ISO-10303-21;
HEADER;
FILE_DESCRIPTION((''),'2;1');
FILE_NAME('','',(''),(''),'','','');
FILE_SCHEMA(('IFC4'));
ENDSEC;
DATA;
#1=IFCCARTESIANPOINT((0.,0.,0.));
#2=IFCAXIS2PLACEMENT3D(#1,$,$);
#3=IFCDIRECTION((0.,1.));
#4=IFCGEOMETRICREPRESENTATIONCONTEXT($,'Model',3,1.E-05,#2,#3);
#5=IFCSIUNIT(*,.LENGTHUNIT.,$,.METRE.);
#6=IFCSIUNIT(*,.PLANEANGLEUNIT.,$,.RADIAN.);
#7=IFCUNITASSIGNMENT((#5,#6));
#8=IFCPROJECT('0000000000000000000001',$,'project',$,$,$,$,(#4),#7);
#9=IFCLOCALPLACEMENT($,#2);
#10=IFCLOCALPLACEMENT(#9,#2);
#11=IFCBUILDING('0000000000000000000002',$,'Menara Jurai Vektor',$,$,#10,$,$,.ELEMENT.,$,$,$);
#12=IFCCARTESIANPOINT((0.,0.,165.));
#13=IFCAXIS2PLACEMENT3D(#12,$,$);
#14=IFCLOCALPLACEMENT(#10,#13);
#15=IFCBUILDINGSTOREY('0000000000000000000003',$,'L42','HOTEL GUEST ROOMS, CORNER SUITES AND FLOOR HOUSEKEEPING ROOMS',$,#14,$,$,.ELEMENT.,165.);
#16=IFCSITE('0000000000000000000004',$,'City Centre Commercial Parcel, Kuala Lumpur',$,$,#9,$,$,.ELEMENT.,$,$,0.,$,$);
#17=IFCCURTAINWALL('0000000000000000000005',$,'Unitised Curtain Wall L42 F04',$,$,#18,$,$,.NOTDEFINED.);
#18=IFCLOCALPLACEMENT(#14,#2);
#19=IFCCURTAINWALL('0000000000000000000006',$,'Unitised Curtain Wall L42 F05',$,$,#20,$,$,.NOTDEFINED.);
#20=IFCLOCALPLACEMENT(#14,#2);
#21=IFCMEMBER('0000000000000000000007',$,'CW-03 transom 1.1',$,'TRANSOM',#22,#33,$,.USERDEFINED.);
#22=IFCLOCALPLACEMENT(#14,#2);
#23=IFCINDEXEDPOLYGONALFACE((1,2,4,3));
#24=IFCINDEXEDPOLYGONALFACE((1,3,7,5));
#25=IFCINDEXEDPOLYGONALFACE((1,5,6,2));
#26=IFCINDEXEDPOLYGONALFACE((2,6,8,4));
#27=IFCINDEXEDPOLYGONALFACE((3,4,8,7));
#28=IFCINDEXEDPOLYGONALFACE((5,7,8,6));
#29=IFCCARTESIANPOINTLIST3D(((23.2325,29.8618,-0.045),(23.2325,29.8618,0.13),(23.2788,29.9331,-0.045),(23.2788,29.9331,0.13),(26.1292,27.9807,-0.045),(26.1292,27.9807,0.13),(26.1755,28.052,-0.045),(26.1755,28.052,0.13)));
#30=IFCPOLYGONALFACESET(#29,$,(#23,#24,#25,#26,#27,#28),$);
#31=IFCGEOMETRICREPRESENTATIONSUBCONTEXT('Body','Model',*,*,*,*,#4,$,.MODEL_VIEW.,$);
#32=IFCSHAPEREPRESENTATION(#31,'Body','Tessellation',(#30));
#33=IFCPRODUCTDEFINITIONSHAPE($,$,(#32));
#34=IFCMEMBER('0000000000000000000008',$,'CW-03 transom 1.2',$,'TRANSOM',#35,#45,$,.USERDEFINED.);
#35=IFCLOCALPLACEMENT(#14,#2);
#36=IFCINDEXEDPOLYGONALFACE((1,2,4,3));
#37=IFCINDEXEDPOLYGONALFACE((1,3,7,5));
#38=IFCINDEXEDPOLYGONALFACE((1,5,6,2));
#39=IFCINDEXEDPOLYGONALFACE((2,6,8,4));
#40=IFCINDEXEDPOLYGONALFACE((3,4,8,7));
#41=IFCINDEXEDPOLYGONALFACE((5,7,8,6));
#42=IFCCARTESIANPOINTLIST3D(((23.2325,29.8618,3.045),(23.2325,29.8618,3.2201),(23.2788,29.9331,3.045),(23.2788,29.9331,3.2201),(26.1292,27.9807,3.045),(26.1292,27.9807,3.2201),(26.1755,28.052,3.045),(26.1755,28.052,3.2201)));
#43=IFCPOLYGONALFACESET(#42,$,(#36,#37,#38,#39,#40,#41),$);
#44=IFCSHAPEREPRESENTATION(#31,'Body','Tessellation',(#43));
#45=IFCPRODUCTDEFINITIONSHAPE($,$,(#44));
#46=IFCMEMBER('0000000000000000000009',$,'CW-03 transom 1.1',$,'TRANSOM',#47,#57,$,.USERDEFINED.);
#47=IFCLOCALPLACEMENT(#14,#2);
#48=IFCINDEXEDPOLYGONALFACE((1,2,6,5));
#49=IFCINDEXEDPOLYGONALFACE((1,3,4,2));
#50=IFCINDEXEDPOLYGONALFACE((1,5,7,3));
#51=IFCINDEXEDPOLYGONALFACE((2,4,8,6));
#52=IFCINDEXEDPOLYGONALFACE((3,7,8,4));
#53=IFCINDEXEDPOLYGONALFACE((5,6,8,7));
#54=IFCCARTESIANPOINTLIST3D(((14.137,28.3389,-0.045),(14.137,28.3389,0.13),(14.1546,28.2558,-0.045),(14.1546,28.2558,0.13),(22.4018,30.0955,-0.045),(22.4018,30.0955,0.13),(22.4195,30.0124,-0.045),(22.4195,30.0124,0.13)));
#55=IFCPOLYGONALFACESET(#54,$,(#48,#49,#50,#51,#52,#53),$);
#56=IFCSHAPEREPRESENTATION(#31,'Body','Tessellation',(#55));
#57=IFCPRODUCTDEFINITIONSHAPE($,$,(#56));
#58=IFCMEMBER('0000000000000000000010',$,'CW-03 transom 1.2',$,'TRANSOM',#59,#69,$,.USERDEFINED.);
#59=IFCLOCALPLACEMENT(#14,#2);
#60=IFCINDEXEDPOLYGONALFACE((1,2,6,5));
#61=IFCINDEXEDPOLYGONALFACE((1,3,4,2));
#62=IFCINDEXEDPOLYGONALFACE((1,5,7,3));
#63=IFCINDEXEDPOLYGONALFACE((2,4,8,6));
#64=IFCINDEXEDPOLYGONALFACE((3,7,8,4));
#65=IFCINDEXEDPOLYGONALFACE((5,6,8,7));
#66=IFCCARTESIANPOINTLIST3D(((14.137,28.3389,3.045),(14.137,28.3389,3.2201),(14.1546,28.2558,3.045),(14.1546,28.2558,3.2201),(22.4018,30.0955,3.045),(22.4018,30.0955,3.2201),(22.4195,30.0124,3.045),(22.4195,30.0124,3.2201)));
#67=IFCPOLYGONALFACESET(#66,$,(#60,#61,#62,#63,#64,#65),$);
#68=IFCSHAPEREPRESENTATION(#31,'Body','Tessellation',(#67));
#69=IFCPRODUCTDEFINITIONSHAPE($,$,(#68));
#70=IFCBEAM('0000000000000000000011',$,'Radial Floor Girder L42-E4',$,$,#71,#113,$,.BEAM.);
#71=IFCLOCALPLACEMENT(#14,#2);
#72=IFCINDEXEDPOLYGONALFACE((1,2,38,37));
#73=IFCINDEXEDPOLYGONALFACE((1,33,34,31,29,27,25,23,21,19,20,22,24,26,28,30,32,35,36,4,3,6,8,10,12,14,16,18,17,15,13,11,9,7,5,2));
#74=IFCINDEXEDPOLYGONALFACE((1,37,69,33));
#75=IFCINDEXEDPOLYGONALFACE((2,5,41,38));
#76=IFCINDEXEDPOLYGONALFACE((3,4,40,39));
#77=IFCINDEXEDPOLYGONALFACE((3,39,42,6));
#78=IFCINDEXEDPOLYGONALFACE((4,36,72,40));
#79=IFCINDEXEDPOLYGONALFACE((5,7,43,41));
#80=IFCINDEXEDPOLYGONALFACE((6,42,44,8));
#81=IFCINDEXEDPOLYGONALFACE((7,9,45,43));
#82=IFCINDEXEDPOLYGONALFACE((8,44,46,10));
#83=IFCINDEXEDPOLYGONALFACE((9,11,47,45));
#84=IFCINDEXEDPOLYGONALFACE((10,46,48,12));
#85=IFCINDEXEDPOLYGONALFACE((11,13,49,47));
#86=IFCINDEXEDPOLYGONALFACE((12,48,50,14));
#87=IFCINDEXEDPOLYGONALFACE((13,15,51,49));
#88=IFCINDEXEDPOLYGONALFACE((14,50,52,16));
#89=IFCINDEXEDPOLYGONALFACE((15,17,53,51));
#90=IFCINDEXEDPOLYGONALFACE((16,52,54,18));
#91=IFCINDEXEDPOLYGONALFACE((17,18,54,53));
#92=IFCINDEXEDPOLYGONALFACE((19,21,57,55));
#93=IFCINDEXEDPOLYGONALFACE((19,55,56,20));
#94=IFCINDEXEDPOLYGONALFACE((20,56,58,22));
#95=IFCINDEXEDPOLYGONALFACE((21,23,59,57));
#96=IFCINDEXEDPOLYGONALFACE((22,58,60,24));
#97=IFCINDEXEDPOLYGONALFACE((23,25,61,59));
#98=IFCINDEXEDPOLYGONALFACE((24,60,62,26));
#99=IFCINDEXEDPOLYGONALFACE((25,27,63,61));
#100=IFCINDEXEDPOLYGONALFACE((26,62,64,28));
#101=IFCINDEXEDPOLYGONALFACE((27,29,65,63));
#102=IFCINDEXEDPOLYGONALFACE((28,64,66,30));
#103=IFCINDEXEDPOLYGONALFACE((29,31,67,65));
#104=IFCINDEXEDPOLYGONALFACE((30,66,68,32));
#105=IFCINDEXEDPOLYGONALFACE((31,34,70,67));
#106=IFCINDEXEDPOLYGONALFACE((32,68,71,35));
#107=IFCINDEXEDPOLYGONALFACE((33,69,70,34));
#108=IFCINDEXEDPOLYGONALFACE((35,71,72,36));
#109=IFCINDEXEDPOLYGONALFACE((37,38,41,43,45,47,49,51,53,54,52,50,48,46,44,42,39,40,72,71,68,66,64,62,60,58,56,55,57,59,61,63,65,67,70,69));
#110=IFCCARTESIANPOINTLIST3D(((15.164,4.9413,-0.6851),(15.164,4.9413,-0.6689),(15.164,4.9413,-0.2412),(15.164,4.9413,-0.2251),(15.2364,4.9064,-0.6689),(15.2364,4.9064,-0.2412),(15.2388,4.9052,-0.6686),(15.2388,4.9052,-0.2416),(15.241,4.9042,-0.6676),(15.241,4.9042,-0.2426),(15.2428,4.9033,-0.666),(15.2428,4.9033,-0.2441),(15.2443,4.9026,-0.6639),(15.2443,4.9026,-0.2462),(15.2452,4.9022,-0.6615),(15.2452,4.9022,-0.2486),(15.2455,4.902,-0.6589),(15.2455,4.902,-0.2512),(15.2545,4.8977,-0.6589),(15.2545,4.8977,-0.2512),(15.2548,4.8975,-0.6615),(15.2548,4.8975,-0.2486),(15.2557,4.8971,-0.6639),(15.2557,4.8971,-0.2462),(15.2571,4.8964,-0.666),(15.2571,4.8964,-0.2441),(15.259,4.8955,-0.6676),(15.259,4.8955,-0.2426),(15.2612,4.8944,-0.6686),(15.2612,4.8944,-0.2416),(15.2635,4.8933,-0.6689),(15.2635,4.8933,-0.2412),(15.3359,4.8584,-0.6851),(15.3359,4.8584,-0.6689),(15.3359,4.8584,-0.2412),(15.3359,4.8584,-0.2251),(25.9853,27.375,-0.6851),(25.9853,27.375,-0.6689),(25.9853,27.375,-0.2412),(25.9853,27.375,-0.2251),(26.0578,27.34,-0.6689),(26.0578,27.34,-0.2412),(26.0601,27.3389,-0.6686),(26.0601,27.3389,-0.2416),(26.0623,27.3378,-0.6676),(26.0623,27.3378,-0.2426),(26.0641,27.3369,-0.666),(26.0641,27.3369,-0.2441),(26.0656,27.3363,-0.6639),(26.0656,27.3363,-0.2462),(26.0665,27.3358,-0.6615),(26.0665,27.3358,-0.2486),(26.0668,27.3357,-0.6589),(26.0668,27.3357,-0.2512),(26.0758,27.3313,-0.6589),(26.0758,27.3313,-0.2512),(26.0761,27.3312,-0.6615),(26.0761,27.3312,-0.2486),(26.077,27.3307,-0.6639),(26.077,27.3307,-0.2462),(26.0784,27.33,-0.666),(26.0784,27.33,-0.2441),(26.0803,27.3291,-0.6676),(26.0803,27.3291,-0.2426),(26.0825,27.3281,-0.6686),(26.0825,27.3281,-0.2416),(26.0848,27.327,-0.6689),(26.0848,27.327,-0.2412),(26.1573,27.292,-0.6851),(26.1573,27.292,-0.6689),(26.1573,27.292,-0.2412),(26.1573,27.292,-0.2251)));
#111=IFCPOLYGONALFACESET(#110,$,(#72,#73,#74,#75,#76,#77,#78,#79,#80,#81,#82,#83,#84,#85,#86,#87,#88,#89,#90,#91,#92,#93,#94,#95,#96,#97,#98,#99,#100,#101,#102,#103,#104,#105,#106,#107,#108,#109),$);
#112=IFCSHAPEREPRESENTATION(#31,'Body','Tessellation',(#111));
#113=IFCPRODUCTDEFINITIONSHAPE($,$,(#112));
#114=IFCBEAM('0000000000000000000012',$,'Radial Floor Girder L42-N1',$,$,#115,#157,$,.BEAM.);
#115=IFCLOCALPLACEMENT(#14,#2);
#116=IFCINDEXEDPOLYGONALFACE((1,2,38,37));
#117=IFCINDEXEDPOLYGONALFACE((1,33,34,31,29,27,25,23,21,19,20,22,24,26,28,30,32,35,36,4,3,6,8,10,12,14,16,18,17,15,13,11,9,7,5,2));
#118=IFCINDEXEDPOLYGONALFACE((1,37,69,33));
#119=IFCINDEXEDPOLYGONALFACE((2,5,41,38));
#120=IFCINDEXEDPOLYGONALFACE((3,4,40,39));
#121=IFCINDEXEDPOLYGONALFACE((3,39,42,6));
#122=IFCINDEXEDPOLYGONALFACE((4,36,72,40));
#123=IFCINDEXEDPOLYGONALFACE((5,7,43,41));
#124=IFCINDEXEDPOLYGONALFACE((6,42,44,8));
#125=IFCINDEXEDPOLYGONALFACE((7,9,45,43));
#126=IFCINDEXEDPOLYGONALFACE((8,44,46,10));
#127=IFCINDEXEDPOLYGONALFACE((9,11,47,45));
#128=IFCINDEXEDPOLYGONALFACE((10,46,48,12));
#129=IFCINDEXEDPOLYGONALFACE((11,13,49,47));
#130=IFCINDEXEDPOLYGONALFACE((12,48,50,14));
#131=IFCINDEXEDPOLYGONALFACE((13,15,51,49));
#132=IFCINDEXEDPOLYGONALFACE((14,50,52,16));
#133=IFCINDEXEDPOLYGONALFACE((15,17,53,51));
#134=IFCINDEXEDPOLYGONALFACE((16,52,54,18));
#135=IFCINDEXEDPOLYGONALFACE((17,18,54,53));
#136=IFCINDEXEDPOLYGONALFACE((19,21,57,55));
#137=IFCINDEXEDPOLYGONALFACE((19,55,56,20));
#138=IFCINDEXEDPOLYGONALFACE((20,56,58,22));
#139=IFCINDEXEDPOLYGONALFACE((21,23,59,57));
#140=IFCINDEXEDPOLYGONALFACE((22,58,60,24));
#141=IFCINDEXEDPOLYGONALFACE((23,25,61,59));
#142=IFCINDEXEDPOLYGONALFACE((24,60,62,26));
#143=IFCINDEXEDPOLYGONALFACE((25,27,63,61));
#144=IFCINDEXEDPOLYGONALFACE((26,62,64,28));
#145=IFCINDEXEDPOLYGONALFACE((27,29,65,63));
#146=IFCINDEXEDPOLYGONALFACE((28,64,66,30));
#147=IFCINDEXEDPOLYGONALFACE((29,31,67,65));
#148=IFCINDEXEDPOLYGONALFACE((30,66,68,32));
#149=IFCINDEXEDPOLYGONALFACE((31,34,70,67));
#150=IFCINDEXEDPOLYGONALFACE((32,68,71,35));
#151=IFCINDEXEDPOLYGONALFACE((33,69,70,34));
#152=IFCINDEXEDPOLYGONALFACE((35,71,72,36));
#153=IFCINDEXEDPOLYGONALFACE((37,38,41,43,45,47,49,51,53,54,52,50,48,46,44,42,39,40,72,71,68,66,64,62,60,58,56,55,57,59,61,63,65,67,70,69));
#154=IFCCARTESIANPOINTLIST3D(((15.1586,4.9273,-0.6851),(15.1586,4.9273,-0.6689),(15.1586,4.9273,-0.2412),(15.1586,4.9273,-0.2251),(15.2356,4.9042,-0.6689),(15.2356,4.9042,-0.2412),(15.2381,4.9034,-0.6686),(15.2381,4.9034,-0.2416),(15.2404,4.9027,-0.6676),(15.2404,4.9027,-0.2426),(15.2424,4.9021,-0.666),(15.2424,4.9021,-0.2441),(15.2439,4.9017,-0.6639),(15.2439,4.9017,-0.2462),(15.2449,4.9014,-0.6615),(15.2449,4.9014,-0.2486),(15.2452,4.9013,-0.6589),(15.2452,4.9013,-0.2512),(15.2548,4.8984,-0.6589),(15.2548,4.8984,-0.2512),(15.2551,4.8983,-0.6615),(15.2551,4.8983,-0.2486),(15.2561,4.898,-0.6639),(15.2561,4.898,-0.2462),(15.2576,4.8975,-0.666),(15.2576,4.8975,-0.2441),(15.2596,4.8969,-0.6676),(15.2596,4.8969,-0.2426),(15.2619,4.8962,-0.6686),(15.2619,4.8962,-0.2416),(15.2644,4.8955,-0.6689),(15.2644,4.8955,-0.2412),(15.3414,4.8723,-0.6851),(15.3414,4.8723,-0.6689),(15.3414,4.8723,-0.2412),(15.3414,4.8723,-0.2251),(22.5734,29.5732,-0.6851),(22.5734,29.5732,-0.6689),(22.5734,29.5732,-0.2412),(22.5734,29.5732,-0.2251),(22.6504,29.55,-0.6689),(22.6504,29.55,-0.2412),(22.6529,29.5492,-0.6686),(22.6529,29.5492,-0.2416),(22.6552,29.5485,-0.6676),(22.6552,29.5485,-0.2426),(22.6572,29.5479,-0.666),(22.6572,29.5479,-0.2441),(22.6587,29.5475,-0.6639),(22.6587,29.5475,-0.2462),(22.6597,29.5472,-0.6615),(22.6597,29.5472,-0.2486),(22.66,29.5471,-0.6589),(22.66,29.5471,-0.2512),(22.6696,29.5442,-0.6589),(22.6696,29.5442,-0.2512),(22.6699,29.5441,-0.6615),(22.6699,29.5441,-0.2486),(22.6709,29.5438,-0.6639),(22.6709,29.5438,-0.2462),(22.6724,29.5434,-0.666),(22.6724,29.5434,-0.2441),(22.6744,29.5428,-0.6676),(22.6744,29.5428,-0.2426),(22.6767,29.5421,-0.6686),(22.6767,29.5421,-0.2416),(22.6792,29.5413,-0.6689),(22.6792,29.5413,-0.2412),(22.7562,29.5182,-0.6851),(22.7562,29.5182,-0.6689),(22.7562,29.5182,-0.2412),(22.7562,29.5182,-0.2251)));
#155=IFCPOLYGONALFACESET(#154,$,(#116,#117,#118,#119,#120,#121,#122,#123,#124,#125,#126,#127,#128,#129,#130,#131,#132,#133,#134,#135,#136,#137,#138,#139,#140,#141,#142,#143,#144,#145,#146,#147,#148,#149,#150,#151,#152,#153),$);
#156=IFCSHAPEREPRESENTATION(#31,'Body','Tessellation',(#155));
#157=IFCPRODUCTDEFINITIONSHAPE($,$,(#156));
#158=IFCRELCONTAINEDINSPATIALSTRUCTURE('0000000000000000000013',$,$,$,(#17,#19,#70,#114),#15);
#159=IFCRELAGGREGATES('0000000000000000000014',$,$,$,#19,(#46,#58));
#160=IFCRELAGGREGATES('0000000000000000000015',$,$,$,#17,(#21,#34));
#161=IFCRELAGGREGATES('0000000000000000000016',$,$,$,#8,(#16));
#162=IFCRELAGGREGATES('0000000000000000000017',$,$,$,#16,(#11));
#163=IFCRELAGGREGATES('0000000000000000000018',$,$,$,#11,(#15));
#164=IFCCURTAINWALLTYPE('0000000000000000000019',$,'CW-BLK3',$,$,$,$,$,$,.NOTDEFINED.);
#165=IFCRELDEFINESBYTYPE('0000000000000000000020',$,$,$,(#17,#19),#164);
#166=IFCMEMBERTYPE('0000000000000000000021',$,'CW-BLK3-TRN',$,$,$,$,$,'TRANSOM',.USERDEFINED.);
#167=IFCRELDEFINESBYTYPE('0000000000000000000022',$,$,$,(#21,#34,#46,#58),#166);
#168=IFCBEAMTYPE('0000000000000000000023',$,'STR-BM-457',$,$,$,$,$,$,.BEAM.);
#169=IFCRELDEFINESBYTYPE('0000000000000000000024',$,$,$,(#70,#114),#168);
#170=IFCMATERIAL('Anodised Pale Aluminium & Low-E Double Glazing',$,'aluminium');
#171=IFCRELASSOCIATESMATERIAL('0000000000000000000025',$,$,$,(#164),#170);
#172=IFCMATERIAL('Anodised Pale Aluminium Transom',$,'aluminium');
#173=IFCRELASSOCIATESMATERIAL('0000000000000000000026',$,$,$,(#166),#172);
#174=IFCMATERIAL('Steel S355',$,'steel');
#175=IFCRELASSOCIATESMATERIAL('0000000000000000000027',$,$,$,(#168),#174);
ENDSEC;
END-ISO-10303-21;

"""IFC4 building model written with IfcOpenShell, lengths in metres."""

from ifc_helpers import new_model, si_unit, direction, frame, origin, origin_2d, place, context, subcontext, project, spatial, rectangle, i_section, extrude, material, material_profile, profile_set, type_object, element, aggregate, save


model = new_model("IFC4")

# Units and contexts
model_context = context("Model", 3, precision=1e-05, world=origin(), true_north=direction((0.0, 1.0)))
body_context = subcontext(model_context, "Body", "Model", "MODEL_VIEW")
ifc_project = project(units=[si_unit("LENGTHUNIT", "METRE"), si_unit("PLANEANGLEUNIT", "RADIAN")], contexts=[model_context])

# Site, building, storey
site_placement = place(None, origin())
site = spatial("IfcSite", under=ifc_project, at=site_placement, Name="City Centre Commercial Parcel, Kuala Lumpur", CompositionType="ELEMENT", RefElevation=0.0)
building_placement = place(site_placement, origin())
building = spatial("IfcBuilding", under=site, at=building_placement, Name="Menara Jurai Vektor", CompositionType="ELEMENT")
storey_placement = place(building_placement, frame((0.0, 0.0, 165.0)))
storey = spatial("IfcBuildingStorey", under=building, at=storey_placement, Name="L42", Description="HOTEL GUEST ROOMS, CORNER SUITES AND FLOOR HOUSEKEEPING ROOMS", CompositionType="ELEMENT", Elevation=165.0)

# Curtain wall
ifc_material_1 = material(Name="Anodised Pale Aluminium & Low-E Double Glazing", Category="aluminium")
curtain_wall_type = type_object("IfcCurtainWallType", Name="CW-BLK3", PredefinedType="NOTDEFINED", material=ifc_material_1)
curtain_wall_1_placement = place(storey_placement, origin())
curtain_wall_1 = element("IfcCurtainWall", 1, at=curtain_wall_1_placement, inside=storey, type_object=curtain_wall_type, Name="Unitised Curtain Wall L42 F04", PredefinedType="NOTDEFINED")

# Curtain wall
curtain_wall_2_placement = place(storey_placement, origin())
curtain_wall_2 = element("IfcCurtainWall", 2, at=curtain_wall_2_placement, inside=storey, type_object=curtain_wall_type, Name="Unitised Curtain Wall L42 F05", PredefinedType="NOTDEFINED")

# Members
ifc_material_2 = material(Name="Anodised Pale Aluminium Transom", Category="aluminium")
ifc_material_profile_1 = material_profile(ifc_material_2, rectangle(XDim=0.085, YDim=0.175, at=origin_2d()), Name="ALU TRN 85x175")
ifc_profile_set_1 = profile_set([ifc_material_profile_1], Name="Anodised Pale Aluminium Transom")
member_type_1 = type_object("IfcMemberType", Name="CW-BLK3-TRN", ElementType="TRANSOM", PredefinedType="USERDEFINED", material=ifc_profile_set_1)
member_1_placement = place(storey_placement, frame((26.1523, 28.0164, 0.0425), z_axis=(-0.838678, 0.544628, 0.0), x_axis=(-0.544628, -0.838678, 0.0)))
member_1 = element("IfcMember", 3, at=member_1_placement, type_object=member_type_1, Name="CW-03 transom 1.1", ObjectType="TRANSOM", PredefinedType="USERDEFINED", context=body_context, shape_type="SweptSolid", body=[
    extrude(rectangle(XDim=0.085, YDim=0.175, at=origin_2d()), origin(), (0.0, 0.0, 1.0), 3.4539),
])
member_2_placement = place(storey_placement, frame((26.1523, 28.0164, 3.1326), z_axis=(-0.838678, 0.544628, 0.0), x_axis=(-0.544628, -0.838678, 0.0)))
member_2 = element("IfcMember", 4, at=member_2_placement, type_object=member_type_1, Name="CW-03 transom 1.2", ObjectType="TRANSOM", PredefinedType="USERDEFINED", context=body_context, shape_type="SweptSolid", body=[
    extrude(rectangle(XDim=0.085, YDim=0.175, at=origin_2d()), origin(), (0.0, 0.0, 1.0), 3.4539),
])
member_3_placement = place(storey_placement, frame((22.4106, 30.054, 0.0425), z_axis=(-0.978152, -0.207893, 0.0), x_axis=(0.207893, -0.978152, 0.0)))
member_3 = element("IfcMember", 5, at=member_3_placement, type_object=member_type_1, Name="CW-03 transom 1.1", ObjectType="TRANSOM", PredefinedType="USERDEFINED", context=body_context, shape_type="SweptSolid", body=[
    extrude(rectangle(XDim=0.085, YDim=0.175, at=origin_2d()), origin(), (0.0, 0.0, 1.0), 8.4495),
])
member_4_placement = place(storey_placement, frame((22.4106, 30.054, 3.1326), z_axis=(-0.978152, -0.207893, 0.0), x_axis=(0.207893, -0.978152, 0.0)))
member_4 = element("IfcMember", 6, at=member_4_placement, type_object=member_type_1, Name="CW-03 transom 1.2", ObjectType="TRANSOM", PredefinedType="USERDEFINED", context=body_context, shape_type="SweptSolid", body=[
    extrude(rectangle(XDim=0.085, YDim=0.175, at=origin_2d()), origin(), (0.0, 0.0, 1.0), 8.4495),
])

# Beams
ifc_material_3 = material(Name="Steel S355", Category="steel")
ifc_material_profile_2 = material_profile(ifc_material_3, i_section(OverallWidth=0.1909, OverallDepth=0.46, WebThickness=0.01, FlangeThickness=0.0161, FilletRadius=0.01, at=origin_2d()), Name="UKB 457x191x82")
ifc_profile_set_2 = profile_set([ifc_material_profile_2], Name="Steel S355")
beam_type_1 = type_object("IfcBeamType", Name="STR-BM-457", PredefinedType="BEAM", material=ifc_profile_set_2)
beam_1_placement = place(storey_placement, frame((26.0713, 27.3335, -0.4551), z_axis=(-0.434465, -0.900689, 0.0), x_axis=(0.900689, -0.434465, 0.0)))
element("IfcBeam", 7, at=beam_1_placement, inside=storey, type_object=beam_type_1, Name="Radial Floor Girder L42-E4", PredefinedType="BEAM", context=body_context, shape_type="SweptSolid", body=[
    extrude(i_section(OverallWidth=0.1909, OverallDepth=0.46, WebThickness=0.01, FlangeThickness=0.0161, FilletRadius=0.01, at=origin_2d()), origin(), (0.0, 0.0, 1.0), 24.9072),
])
beam_2_placement = place(storey_placement, frame((22.6648, 29.5457, -0.4551), z_axis=(-0.288099, -0.957601, 0.0), x_axis=(0.957601, -0.288099, 0.0)))
element("IfcBeam", 8, at=beam_2_placement, inside=storey, type_object=beam_type_1, Name="Radial Floor Girder L42-N1", PredefinedType="BEAM", context=body_context, shape_type="SweptSolid", body=[
    extrude(i_section(OverallWidth=0.1909, OverallDepth=0.46, WebThickness=0.01, FlangeThickness=0.0161, FilletRadius=0.01, at=origin_2d()), origin(), (0.0, 0.0, 1.0), 25.7371),
])

aggregate(curtain_wall_2, [member_3, member_4])
aggregate(curtain_wall_1, [member_1, member_2])

save(model, "model.ifc")
